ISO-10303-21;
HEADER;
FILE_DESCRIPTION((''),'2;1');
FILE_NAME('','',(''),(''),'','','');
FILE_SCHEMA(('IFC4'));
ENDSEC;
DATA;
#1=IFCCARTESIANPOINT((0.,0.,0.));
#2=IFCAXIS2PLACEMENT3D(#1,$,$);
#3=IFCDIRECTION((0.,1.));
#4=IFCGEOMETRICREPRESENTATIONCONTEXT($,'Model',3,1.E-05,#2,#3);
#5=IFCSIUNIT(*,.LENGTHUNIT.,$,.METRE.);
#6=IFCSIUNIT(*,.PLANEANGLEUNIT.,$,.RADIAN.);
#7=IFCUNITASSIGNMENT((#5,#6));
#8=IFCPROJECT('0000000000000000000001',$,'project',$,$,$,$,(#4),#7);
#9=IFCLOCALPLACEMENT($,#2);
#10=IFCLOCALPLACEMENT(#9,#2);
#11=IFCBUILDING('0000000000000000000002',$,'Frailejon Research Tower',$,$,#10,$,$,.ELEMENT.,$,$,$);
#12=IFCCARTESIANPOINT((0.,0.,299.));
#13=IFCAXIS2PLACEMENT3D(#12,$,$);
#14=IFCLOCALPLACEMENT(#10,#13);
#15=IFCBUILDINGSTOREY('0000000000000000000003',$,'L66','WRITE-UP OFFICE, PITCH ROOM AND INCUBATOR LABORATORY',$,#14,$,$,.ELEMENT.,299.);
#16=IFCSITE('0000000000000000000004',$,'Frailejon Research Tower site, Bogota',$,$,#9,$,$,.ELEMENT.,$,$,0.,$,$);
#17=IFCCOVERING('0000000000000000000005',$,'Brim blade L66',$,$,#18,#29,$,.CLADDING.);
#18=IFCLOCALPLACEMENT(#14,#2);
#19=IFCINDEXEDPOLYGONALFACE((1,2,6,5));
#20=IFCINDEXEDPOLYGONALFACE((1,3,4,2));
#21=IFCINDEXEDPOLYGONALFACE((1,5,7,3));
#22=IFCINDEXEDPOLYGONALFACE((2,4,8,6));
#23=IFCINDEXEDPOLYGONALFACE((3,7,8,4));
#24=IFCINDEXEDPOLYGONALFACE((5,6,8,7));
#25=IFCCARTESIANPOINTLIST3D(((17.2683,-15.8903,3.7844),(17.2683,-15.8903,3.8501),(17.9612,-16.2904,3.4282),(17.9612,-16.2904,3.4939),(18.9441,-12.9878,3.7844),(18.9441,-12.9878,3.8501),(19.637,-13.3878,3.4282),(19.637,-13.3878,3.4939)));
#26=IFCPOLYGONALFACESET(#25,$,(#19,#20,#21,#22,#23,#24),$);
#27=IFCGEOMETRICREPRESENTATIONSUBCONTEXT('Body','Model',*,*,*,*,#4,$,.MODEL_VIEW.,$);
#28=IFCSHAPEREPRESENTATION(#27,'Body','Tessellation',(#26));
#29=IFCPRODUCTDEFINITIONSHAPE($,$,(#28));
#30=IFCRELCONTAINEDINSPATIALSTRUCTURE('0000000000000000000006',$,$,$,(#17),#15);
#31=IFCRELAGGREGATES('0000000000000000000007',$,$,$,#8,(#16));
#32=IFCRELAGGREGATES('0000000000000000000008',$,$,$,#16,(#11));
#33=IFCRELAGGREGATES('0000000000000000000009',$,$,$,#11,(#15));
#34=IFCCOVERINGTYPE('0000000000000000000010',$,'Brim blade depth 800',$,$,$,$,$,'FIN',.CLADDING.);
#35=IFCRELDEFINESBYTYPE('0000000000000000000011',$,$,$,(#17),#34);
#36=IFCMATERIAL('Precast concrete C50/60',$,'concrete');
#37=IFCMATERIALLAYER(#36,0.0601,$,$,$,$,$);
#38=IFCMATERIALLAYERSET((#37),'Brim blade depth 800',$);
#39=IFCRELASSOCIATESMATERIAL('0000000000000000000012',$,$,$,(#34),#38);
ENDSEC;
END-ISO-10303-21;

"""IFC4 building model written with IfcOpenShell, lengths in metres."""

from ifc_helpers import new_model, si_unit, direction, frame, origin, place, context, subcontext, project, spatial, polyline, outline, extrude, material, layer, layer_set, type_object, element, save


model = new_model("IFC4")

# Units and contexts
model_context = context("Model", 3, precision=1e-05, world=origin(), true_north=direction((0.0, 1.0)))
body_context = subcontext(model_context, "Body", "Model", "MODEL_VIEW")
ifc_project = project(units=[si_unit("LENGTHUNIT", "METRE"), si_unit("PLANEANGLEUNIT", "RADIAN")], contexts=[model_context])

# Site, building, storey
site_placement = place(None, origin())
site = spatial("IfcSite", under=ifc_project, at=site_placement, Name="Frailejon Research Tower site, Bogota", CompositionType="ELEMENT", RefElevation=0.0)
building_placement = place(site_placement, origin())
building = spatial("IfcBuilding", under=site, at=building_placement, Name="Frailejon Research Tower", CompositionType="ELEMENT")
storey_placement = place(building_placement, frame((0.0, 0.0, 299.0)))
storey = spatial("IfcBuildingStorey", under=building, at=storey_placement, Name="L66", Description="WRITE-UP OFFICE, PITCH ROOM AND INCUBATOR LABORATORY", CompositionType="ELEMENT", Elevation=299.0)

# Covering
ifc_material_1 = material(Name="Precast concrete C50/60", Category="concrete")
ifc_layer_1 = layer(ifc_material_1, 0.0601)
ifc_layer_set_1 = layer_set([ifc_layer_1], Name="Brim blade depth 800")
covering_type_1 = type_object("IfcCoveringType", Name="Brim blade depth 800", ElementType="FIN", PredefinedType="CLADDING", material=ifc_layer_set_1)
covering_1_placement = place(storey_placement, frame((18.9441, -12.9878, 3.8501), z_axis=(-0.499997, -0.866027, 0.0), x_axis=(0.866027, -0.499997, 0.0)))
element("IfcCovering", 1, at=covering_1_placement, inside=storey, type_object=covering_type_1, Name="Brim blade L66", PredefinedType="CLADDING", context=body_context, shape_type="SweptSolid", body=[
    extrude(outline(polyline([(0.0, -0.0657), (0.8, -0.4219), (0.8, -0.3562), (0.0, 0.0), (0.0, -0.0657)])), origin(), (0.0, 0.0, 1.0), 3.3516),
])

save(model, "model.ifc")
